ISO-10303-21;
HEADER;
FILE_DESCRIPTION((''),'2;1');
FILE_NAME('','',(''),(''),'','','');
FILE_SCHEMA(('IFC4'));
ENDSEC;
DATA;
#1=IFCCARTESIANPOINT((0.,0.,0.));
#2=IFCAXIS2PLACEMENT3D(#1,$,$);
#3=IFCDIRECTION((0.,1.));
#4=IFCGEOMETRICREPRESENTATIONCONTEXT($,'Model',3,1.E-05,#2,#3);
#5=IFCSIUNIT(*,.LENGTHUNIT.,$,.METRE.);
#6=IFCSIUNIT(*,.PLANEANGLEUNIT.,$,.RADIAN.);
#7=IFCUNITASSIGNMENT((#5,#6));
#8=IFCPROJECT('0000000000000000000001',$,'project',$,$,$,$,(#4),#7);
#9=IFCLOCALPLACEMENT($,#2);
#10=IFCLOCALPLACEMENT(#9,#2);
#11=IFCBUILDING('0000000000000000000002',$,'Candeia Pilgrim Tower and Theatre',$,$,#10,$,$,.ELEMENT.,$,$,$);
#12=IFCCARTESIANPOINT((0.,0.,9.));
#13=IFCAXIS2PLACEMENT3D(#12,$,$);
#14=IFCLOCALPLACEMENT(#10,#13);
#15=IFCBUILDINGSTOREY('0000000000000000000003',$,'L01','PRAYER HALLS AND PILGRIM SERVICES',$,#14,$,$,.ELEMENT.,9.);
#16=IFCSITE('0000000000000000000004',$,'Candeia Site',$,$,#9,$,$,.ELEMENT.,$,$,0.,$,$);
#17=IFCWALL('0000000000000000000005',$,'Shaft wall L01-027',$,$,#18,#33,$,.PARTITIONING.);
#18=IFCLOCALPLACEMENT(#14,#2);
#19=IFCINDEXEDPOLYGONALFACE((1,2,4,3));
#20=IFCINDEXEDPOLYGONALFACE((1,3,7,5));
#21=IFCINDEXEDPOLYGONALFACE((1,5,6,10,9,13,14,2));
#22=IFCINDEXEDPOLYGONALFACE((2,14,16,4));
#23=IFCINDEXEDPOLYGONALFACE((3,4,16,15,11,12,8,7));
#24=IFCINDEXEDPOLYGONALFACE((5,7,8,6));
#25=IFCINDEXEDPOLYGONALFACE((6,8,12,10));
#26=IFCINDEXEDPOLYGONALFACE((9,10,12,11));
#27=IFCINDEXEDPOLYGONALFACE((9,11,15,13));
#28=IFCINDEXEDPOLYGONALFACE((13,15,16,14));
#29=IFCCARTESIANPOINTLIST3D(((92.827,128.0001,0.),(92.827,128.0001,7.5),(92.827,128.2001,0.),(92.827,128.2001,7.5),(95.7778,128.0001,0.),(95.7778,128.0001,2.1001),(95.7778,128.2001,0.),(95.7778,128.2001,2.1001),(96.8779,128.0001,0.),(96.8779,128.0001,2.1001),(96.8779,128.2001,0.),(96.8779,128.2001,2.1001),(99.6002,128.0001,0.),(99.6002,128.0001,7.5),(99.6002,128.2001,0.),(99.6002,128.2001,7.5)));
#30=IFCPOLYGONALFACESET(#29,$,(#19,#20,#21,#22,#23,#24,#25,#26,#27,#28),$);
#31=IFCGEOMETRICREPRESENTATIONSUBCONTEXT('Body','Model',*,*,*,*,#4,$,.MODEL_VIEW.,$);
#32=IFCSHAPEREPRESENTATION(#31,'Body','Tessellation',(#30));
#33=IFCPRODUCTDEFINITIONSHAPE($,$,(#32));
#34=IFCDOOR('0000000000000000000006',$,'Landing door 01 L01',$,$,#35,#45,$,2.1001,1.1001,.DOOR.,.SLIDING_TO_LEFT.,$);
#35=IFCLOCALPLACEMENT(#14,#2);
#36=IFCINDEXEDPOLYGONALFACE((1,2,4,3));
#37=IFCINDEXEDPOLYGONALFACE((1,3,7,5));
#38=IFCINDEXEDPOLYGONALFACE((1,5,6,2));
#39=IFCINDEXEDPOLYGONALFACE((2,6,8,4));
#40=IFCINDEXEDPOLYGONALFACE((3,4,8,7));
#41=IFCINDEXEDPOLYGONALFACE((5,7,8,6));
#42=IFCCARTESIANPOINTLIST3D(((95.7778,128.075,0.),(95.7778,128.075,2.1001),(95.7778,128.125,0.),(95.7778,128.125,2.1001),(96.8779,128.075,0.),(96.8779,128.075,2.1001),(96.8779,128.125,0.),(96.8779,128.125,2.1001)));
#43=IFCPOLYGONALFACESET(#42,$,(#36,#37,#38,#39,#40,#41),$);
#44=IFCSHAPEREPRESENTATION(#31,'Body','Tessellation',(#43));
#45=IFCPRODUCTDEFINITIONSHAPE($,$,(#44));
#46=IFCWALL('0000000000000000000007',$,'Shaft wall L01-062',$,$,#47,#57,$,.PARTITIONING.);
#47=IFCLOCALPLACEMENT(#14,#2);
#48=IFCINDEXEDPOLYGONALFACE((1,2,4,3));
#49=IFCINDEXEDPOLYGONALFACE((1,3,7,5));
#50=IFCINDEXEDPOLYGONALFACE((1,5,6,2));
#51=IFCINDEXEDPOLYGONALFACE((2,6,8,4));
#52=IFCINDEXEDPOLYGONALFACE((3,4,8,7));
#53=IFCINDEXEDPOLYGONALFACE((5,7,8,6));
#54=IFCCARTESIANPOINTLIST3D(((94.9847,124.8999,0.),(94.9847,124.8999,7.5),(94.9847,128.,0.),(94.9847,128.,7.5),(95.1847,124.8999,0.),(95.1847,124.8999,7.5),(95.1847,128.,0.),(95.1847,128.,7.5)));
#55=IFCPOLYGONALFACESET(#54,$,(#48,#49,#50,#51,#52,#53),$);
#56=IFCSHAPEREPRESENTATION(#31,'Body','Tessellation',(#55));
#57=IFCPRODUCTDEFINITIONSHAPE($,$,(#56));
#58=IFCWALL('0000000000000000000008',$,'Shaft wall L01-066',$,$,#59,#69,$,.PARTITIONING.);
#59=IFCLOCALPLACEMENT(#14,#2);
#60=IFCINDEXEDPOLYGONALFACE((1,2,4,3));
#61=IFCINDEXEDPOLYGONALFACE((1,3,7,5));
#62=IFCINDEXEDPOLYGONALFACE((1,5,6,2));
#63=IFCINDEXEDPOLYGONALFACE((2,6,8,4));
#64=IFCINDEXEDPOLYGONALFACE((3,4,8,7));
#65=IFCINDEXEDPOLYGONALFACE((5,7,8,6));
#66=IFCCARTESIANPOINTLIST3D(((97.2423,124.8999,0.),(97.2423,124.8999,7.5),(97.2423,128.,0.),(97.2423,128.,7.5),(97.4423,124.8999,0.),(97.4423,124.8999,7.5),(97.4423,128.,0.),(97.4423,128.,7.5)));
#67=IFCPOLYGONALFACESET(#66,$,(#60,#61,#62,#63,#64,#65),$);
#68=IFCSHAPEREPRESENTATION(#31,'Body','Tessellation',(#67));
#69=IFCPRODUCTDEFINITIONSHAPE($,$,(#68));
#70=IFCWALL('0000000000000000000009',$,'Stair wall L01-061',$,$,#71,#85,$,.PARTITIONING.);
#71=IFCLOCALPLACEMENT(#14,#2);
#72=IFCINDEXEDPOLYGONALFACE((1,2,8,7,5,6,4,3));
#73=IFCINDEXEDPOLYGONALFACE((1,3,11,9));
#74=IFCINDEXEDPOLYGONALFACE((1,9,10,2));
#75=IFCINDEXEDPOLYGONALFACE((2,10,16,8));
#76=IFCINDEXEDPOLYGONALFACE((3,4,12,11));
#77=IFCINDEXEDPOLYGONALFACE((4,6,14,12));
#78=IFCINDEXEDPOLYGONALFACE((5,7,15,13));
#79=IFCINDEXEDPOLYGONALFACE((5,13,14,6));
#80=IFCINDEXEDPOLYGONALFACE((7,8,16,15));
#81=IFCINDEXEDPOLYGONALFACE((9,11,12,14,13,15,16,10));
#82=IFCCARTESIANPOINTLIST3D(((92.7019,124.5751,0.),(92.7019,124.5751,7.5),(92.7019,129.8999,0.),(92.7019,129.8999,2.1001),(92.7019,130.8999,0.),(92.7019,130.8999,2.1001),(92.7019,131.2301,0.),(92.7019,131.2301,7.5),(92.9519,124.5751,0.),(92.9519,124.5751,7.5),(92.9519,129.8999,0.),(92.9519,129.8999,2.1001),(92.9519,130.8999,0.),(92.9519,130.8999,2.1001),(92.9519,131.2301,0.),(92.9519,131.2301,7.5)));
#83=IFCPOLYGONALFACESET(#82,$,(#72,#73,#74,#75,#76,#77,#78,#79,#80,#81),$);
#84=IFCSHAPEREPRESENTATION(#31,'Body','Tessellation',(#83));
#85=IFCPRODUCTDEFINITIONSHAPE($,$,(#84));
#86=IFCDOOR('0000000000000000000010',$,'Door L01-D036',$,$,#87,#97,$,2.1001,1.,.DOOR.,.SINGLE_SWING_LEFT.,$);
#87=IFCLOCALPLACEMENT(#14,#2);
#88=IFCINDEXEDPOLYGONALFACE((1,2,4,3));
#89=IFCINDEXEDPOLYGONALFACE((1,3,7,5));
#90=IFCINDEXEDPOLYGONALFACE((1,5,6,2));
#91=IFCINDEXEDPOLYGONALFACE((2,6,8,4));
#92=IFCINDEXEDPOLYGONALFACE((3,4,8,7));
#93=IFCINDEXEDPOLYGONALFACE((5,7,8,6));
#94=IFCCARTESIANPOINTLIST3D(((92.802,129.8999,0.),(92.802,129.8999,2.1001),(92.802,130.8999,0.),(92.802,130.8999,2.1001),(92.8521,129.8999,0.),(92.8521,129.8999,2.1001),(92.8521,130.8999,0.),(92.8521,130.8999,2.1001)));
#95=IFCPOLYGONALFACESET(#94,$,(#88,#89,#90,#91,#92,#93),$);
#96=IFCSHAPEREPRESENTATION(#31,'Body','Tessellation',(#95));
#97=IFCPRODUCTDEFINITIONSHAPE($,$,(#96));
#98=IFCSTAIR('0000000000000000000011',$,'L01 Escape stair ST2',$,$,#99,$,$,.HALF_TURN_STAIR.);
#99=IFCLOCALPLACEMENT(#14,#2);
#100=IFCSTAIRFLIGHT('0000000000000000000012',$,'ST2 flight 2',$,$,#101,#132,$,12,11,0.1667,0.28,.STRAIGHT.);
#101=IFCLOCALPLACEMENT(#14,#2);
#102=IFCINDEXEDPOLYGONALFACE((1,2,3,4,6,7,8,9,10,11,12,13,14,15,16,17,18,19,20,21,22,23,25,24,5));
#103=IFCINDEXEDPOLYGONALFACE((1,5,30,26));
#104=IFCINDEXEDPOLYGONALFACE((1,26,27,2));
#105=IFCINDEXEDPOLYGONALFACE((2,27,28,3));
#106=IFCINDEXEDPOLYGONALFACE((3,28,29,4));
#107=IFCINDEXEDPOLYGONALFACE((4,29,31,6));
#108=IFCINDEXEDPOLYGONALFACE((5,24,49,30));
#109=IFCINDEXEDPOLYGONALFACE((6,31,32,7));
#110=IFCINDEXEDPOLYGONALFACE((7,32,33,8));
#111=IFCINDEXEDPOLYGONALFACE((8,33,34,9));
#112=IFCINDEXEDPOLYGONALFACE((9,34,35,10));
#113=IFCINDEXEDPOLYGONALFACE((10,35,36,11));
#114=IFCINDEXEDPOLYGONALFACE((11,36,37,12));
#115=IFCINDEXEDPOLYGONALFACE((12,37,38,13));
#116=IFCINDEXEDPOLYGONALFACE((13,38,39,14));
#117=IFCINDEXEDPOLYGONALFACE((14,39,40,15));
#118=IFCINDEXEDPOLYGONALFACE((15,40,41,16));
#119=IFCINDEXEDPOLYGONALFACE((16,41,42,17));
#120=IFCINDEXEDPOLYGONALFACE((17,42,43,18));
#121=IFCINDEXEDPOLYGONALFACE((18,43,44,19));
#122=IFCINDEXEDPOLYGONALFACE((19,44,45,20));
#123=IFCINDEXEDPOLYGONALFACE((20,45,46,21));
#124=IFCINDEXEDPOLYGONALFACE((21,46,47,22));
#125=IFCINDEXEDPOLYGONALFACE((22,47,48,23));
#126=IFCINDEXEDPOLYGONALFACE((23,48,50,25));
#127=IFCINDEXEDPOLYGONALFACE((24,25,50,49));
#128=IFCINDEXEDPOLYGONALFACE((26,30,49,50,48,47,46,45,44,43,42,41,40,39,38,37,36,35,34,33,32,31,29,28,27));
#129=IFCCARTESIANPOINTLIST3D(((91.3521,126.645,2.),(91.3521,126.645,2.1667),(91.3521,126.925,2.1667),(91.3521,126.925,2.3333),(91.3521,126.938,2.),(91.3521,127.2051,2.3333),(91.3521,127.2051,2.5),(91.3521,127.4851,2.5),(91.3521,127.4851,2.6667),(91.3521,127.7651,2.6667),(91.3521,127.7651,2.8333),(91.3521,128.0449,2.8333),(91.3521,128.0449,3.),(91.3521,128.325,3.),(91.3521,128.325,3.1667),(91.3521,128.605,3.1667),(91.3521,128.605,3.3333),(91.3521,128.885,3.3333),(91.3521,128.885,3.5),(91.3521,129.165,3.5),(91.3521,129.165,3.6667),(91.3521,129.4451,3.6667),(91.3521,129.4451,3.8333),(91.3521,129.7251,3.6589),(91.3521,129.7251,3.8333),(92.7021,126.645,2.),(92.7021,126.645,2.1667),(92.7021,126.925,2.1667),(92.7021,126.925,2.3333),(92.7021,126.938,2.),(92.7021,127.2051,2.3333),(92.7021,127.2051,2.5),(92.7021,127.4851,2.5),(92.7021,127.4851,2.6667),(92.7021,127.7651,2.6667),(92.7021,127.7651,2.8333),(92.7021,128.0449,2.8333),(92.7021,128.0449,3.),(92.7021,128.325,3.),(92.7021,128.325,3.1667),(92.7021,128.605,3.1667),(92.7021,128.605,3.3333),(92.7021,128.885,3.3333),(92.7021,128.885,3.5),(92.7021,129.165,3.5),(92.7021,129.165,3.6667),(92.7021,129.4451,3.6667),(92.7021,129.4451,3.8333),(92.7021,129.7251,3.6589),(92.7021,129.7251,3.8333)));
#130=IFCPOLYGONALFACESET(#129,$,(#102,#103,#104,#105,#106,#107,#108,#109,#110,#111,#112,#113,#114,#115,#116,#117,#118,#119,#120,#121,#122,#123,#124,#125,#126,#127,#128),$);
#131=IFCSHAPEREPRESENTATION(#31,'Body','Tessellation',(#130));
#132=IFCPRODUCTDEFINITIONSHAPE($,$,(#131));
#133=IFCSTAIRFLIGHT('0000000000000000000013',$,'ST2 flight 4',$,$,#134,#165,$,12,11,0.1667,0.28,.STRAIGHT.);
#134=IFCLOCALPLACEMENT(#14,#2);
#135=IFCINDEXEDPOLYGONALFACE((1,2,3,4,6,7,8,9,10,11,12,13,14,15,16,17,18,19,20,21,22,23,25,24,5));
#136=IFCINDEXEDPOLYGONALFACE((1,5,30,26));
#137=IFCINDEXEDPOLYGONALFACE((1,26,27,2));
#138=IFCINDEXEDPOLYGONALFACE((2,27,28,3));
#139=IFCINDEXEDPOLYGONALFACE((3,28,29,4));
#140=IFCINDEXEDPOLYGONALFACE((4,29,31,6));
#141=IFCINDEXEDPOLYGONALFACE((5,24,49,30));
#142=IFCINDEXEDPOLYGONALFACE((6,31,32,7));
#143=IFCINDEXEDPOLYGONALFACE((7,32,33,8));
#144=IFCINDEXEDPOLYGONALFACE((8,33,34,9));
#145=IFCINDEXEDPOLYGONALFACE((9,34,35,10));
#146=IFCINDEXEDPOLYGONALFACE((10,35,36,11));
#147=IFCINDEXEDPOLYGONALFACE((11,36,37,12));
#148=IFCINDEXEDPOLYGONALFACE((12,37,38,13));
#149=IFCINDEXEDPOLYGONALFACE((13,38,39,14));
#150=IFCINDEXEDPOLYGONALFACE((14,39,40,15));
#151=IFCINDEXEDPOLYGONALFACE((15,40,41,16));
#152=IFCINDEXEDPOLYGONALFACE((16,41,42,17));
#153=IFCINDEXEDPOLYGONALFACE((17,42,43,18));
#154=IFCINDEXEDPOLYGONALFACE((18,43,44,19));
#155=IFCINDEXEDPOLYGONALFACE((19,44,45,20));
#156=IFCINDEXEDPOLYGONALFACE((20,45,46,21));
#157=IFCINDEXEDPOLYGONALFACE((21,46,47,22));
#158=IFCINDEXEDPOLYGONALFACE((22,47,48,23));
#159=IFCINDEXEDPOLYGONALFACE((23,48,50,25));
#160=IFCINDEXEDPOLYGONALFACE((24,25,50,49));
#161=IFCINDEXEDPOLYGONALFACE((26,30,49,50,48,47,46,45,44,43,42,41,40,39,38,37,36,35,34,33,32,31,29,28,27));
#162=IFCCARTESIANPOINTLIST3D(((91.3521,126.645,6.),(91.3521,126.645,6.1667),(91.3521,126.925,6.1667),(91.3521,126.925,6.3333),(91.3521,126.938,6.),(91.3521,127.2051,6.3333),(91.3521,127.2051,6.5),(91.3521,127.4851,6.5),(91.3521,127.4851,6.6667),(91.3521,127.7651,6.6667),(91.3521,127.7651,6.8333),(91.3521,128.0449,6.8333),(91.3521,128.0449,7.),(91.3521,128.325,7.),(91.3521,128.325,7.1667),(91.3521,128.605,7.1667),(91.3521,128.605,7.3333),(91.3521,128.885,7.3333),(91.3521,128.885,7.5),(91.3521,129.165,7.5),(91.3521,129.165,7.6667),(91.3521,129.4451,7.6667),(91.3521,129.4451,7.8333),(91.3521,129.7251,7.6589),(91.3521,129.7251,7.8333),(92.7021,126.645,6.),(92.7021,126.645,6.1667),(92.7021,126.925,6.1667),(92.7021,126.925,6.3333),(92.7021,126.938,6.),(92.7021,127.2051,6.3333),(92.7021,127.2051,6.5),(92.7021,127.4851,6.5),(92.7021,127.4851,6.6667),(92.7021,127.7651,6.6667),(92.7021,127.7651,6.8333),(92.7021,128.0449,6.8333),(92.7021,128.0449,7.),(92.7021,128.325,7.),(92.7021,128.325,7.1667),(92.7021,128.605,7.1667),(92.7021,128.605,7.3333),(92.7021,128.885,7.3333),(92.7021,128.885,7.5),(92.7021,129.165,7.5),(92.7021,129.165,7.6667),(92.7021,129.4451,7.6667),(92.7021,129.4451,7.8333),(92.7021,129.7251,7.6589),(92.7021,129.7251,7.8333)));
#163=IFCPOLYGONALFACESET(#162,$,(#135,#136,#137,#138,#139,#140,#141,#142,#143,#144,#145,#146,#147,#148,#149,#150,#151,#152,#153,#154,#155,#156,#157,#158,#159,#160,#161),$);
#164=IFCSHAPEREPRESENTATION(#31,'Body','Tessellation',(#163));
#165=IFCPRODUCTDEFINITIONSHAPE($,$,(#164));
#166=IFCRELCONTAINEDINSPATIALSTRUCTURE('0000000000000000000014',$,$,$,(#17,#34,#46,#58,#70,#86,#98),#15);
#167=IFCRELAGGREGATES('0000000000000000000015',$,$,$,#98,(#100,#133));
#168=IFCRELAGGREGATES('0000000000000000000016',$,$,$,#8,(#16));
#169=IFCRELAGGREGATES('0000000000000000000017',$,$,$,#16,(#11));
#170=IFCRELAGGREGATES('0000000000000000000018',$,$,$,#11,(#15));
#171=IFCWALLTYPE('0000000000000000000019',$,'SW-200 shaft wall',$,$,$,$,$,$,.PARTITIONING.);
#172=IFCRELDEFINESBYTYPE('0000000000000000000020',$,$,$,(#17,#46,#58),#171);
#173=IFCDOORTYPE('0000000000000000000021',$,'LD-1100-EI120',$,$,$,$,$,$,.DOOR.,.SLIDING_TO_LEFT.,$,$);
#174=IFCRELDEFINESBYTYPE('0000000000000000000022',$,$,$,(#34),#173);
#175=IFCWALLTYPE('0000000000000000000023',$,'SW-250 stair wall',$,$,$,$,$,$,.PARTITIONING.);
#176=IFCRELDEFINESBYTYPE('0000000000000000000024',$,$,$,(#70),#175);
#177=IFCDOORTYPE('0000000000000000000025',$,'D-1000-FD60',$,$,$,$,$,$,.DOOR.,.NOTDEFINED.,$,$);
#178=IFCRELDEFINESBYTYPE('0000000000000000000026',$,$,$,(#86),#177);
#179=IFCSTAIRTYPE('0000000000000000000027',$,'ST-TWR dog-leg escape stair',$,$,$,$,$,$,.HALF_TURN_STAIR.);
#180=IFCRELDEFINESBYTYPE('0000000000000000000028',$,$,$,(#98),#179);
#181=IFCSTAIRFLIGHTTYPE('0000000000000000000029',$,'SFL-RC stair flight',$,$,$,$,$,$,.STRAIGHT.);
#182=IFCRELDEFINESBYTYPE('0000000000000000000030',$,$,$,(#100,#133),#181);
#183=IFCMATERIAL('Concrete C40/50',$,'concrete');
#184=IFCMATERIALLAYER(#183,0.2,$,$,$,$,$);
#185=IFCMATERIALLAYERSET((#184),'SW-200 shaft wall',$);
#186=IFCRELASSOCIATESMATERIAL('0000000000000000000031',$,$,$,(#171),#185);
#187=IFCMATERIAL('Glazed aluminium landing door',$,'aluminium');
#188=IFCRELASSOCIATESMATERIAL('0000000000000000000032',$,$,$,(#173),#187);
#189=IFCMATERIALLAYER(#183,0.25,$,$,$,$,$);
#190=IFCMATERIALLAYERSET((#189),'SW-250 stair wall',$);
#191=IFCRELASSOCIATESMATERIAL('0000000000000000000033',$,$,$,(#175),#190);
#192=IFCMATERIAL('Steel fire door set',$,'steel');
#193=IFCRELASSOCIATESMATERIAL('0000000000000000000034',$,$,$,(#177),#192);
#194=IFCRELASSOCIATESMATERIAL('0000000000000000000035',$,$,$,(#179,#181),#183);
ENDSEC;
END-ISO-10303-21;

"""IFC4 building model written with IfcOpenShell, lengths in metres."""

from ifc_helpers import new_model, si_unit, direction, frame, frame_2d, origin, place, context, subcontext, project, spatial, polyline, rectangle, outline, extrude, material, layer, layer_set, type_object, element, fill, aggregate, save


model = new_model("IFC4")

# Units and contexts
model_context = context("Model", 3, precision=1e-05, world=origin(), true_north=direction((0.0, 1.0)))
body_context = subcontext(model_context, "Body", "Model", "MODEL_VIEW")
ifc_project = project(units=[si_unit("LENGTHUNIT", "METRE"), si_unit("PLANEANGLEUNIT", "RADIAN")], contexts=[model_context])

# Site, building, storey
site_placement = place(None, origin())
site = spatial("IfcSite", under=ifc_project, at=site_placement, Name="Candeia Site", CompositionType="ELEMENT", RefElevation=0.0)
building_placement = place(site_placement, origin())
building = spatial("IfcBuilding", under=site, at=building_placement, Name="Candeia Pilgrim Tower and Theatre", CompositionType="ELEMENT")
storey_placement = place(building_placement, frame((0.0, 0.0, 9.0)))
storey = spatial("IfcBuildingStorey", under=building, at=storey_placement, Name="L01", Description="PRAYER HALLS AND PILGRIM SERVICES", CompositionType="ELEMENT", Elevation=9.0)

# Shared definitions
ifc_material_1 = material(Name="Steel fire door set", Category="steel")

# Wall, opening, door
ifc_material_2 = material(Name="Concrete C40/50", Category="concrete")
ifc_layer_1 = layer(ifc_material_2, 0.2)
ifc_layer_set_1 = layer_set([ifc_layer_1], Name="SW-200 shaft wall")
wall_type_1 = type_object("IfcWallType", Name="SW-200 shaft wall", PredefinedType="PARTITIONING", material=ifc_layer_set_1)
ifc_material_3 = material(Name="Glazed aluminium landing door", Category="aluminium")
door_type_1 = type_object("IfcDoorType", Name="LD-1100-EI120", OperationType="SLIDING_TO_LEFT", PredefinedType="DOOR", material=ifc_material_3)
wall_1_placement = place(storey_placement, frame((92.8269, 128.1001, 0.0), z_axis=(0.0, 0.0, 1.0), x_axis=(1.0, 0.0, 0.0)))
wall_1 = element("IfcWall", 1, at=wall_1_placement, inside=storey, type_object=wall_type_1, Name="Shaft wall L01-027", PredefinedType="PARTITIONING", context=body_context, shape_type="SweptSolid", body=[
    extrude(rectangle(XDim=6.7732, YDim=0.2, at=frame_2d((3.3867, 0.0))), origin(), (0.0, 0.0, 1.0), 7.5),
])
opening_1_placement = place(wall_1_placement, frame((2.9509, 0.0, 0.0)))
opening_1 = element("IfcOpeningElement", 2, at=opening_1_placement, cuts=wall_1, PredefinedType="OPENING", context=body_context, shape_type="SweptSolid", body=[
    extrude(rectangle(XDim=1.1001, YDim=2.1001, at=frame_2d((0.55, 1.05))), frame((0.0, 0.1099, 0.0), z_axis=(0.0, -1.0, 0.0), x_axis=(1.0, 0.0, 0.0)), (0.0, 0.0, 1.0), 0.22),
])
door_1_placement = place(opening_1_placement, origin())
door_1 = element("IfcDoor", 3, at=door_1_placement, inside=storey, type_object=door_type_1, Name="Landing door 01 L01", OperationType="SLIDING_TO_LEFT", OverallHeight=2.1001, OverallWidth=1.1001, PredefinedType="DOOR", context=body_context, shape_type="SweptSolid", body=[
    extrude(rectangle(XDim=1.1001, YDim=2.1001, at=frame_2d((0.55, 1.05))), frame((0.0, 0.0249, 0.0), z_axis=(0.0, -1.0, 0.0), x_axis=(1.0, 0.0, 0.0)), (0.0, 0.0, 1.0), 0.05),
])
fill(opening_1, door_1)

# Walls
for number, where, z_axis, x_axis, name in (
    (4, (95.0847, 124.8999, 0.0), (0.0, 0.0, 1.0), (0.0, 1.0, 0.0), "Shaft wall L01-062"),
    (5, (97.3423, 124.8999, 0.0), (0.0, 0.0, 1.0), (0.0, 1.0, 0.0), "Shaft wall L01-066"),
):
    element("IfcWall", number, at=place(storey_placement, frame(where, z_axis=z_axis, x_axis=x_axis)), inside=storey, type_object=wall_type_1, Name=name, PredefinedType="PARTITIONING", context=body_context, shape_type="SweptSolid", body=[
        extrude(rectangle(XDim=3.1001, YDim=0.2, at=frame_2d((1.55, 0.0))), origin(), (0.0, 0.0, 1.0), 7.5),
    ])

# Wall, opening, door
ifc_layer_2 = layer(ifc_material_2, 0.25)
ifc_layer_set_2 = layer_set([ifc_layer_2], Name="SW-250 stair wall")
wall_type_2 = type_object("IfcWallType", Name="SW-250 stair wall", PredefinedType="PARTITIONING", material=ifc_layer_set_2)
wall_2_placement = place(storey_placement, frame((92.8269, 124.575, 0.0), z_axis=(0.0, 0.0, 1.0), x_axis=(0.0, 1.0, 0.0)))
wall_2 = element("IfcWall", 6, at=wall_2_placement, inside=storey, type_object=wall_type_2, Name="Stair wall L01-061", PredefinedType="PARTITIONING", context=body_context, shape_type="SweptSolid", body=[
    extrude(rectangle(XDim=6.655, YDim=0.25, at=frame_2d((3.3276, 0.0))), origin(), (0.0, 0.0, 1.0), 7.5),
])
opening_2_placement = place(wall_2_placement, frame((5.325, 0.0, 0.0)))
opening_2 = element("IfcOpeningElement", 7, at=opening_2_placement, cuts=wall_2, PredefinedType="OPENING", context=body_context, shape_type="SweptSolid", body=[
    extrude(rectangle(XDim=1.0, YDim=2.1001, at=frame_2d((0.5, 1.05))), frame((0.0, 0.135, 0.0), z_axis=(0.0, -1.0, 0.0), x_axis=(1.0, 0.0, 0.0)), (0.0, 0.0, 1.0), 0.27),
])
door_type_2 = type_object("IfcDoorType", Name="D-1000-FD60", OperationType="NOTDEFINED", PredefinedType="DOOR", material=ifc_material_1)
door_2_placement = place(opening_2_placement, origin())
door_2 = element("IfcDoor", 8, at=door_2_placement, inside=storey, type_object=door_type_2, Name="Door L01-D036", OperationType="SINGLE_SWING_LEFT", OverallHeight=2.1001, OverallWidth=1.0, PredefinedType="DOOR", context=body_context, shape_type="SweptSolid", body=[
    extrude(rectangle(XDim=1.0, YDim=2.1001, at=frame_2d((0.5, 1.05))), frame((0.0, 0.0249, 0.0), z_axis=(0.0, -1.0, 0.0), x_axis=(1.0, 0.0, 0.0)), (0.0, 0.0, 1.0), 0.05),
])
fill(opening_2, door_2)

# Stair, stair flights
stair_type = type_object("IfcStairType", Name="ST-TWR dog-leg escape stair", PredefinedType="HALF_TURN_STAIR", material=ifc_material_2)
stair_placement = place(storey_placement, origin())
stair = element("IfcStair", 9, at=stair_placement, inside=storey, type_object=stair_type, Name="L01 Escape stair ST2", PredefinedType="HALF_TURN_STAIR")
stair_flight_type = type_object("IfcStairFlightType", Name="SFL-RC stair flight", PredefinedType="STRAIGHT", material=ifc_material_2)
stair_flight_1_placement = place(storey_placement, frame((92.0271, 126.645, 2.0), z_axis=(0.0, 0.0, 1.0), x_axis=(0.0, 1.0, 0.0)))
stair_flight_1 = element("IfcStairFlight", 10, at=stair_flight_1_placement, type_object=stair_flight_type, Name="ST2 flight 2", NumberOfRisers=12, NumberOfTreads=11, PredefinedType="STRAIGHT", RiserHeight=0.1667, TreadLength=0.28, context=body_context, shape_type="SweptSolid", body=[
    extrude(outline(polyline([(0.0, 0.0), (0.0, 0.1667), (0.28, 0.1667), (0.28, 0.3333), (0.5601, 0.3333), (0.5601, 0.5), (0.8401, 0.5), (0.8401, 0.6667), (1.1201, 0.6667), (1.1201, 0.8333), (1.3999, 0.8333), (1.3999, 1.0), (1.6799, 1.0), (1.6799, 1.1667), (1.96, 1.1667), (1.96, 1.3333), (2.24, 1.3333), (2.24, 1.5), (2.52, 1.5), (2.52, 1.6667), (2.8, 1.6667), (2.8, 1.8333), (3.0801, 1.8333), (3.0801, 2.0), (3.0801, 1.6589), (0.293, 0.0), (0.0, 0.0)])), frame((0.0, 0.675, 0.0), z_axis=(0.0, -1.0, 0.0), x_axis=(1.0, 0.0, 0.0)), (0.0, 0.0, 1.0), 1.3501),
])
stair_flight_2_placement = place(storey_placement, frame((92.0271, 126.645, 6.0), z_axis=(0.0, 0.0, 1.0), x_axis=(0.0, 1.0, 0.0)))
stair_flight_2 = element("IfcStairFlight", 11, at=stair_flight_2_placement, type_object=stair_flight_type, Name="ST2 flight 4", NumberOfRisers=12, NumberOfTreads=11, PredefinedType="STRAIGHT", RiserHeight=0.1667, TreadLength=0.28, context=body_context, shape_type="SweptSolid", body=[
    extrude(outline(polyline([(0.0, 0.0), (0.0, 0.1667), (0.28, 0.1667), (0.28, 0.3333), (0.5601, 0.3333), (0.5601, 0.5), (0.8401, 0.5), (0.8401, 0.6667), (1.1201, 0.6667), (1.1201, 0.8333), (1.3999, 0.8333), (1.3999, 1.0), (1.6799, 1.0), (1.6799, 1.1667), (1.96, 1.1667), (1.96, 1.3333), (2.24, 1.3333), (2.24, 1.5), (2.52, 1.5), (2.52, 1.6667), (2.8, 1.6667), (2.8, 1.8333), (3.0801, 1.8333), (3.0801, 2.0), (3.0801, 1.6589), (0.293, 0.0), (0.0, 0.0)])), frame((0.0, 0.675, 0.0), z_axis=(0.0, -1.0, 0.0), x_axis=(1.0, 0.0, 0.0)), (0.0, 0.0, 1.0), 1.3501),
])
aggregate(stair, [stair_flight_1, stair_flight_2])

save(model, "model.ifc")
